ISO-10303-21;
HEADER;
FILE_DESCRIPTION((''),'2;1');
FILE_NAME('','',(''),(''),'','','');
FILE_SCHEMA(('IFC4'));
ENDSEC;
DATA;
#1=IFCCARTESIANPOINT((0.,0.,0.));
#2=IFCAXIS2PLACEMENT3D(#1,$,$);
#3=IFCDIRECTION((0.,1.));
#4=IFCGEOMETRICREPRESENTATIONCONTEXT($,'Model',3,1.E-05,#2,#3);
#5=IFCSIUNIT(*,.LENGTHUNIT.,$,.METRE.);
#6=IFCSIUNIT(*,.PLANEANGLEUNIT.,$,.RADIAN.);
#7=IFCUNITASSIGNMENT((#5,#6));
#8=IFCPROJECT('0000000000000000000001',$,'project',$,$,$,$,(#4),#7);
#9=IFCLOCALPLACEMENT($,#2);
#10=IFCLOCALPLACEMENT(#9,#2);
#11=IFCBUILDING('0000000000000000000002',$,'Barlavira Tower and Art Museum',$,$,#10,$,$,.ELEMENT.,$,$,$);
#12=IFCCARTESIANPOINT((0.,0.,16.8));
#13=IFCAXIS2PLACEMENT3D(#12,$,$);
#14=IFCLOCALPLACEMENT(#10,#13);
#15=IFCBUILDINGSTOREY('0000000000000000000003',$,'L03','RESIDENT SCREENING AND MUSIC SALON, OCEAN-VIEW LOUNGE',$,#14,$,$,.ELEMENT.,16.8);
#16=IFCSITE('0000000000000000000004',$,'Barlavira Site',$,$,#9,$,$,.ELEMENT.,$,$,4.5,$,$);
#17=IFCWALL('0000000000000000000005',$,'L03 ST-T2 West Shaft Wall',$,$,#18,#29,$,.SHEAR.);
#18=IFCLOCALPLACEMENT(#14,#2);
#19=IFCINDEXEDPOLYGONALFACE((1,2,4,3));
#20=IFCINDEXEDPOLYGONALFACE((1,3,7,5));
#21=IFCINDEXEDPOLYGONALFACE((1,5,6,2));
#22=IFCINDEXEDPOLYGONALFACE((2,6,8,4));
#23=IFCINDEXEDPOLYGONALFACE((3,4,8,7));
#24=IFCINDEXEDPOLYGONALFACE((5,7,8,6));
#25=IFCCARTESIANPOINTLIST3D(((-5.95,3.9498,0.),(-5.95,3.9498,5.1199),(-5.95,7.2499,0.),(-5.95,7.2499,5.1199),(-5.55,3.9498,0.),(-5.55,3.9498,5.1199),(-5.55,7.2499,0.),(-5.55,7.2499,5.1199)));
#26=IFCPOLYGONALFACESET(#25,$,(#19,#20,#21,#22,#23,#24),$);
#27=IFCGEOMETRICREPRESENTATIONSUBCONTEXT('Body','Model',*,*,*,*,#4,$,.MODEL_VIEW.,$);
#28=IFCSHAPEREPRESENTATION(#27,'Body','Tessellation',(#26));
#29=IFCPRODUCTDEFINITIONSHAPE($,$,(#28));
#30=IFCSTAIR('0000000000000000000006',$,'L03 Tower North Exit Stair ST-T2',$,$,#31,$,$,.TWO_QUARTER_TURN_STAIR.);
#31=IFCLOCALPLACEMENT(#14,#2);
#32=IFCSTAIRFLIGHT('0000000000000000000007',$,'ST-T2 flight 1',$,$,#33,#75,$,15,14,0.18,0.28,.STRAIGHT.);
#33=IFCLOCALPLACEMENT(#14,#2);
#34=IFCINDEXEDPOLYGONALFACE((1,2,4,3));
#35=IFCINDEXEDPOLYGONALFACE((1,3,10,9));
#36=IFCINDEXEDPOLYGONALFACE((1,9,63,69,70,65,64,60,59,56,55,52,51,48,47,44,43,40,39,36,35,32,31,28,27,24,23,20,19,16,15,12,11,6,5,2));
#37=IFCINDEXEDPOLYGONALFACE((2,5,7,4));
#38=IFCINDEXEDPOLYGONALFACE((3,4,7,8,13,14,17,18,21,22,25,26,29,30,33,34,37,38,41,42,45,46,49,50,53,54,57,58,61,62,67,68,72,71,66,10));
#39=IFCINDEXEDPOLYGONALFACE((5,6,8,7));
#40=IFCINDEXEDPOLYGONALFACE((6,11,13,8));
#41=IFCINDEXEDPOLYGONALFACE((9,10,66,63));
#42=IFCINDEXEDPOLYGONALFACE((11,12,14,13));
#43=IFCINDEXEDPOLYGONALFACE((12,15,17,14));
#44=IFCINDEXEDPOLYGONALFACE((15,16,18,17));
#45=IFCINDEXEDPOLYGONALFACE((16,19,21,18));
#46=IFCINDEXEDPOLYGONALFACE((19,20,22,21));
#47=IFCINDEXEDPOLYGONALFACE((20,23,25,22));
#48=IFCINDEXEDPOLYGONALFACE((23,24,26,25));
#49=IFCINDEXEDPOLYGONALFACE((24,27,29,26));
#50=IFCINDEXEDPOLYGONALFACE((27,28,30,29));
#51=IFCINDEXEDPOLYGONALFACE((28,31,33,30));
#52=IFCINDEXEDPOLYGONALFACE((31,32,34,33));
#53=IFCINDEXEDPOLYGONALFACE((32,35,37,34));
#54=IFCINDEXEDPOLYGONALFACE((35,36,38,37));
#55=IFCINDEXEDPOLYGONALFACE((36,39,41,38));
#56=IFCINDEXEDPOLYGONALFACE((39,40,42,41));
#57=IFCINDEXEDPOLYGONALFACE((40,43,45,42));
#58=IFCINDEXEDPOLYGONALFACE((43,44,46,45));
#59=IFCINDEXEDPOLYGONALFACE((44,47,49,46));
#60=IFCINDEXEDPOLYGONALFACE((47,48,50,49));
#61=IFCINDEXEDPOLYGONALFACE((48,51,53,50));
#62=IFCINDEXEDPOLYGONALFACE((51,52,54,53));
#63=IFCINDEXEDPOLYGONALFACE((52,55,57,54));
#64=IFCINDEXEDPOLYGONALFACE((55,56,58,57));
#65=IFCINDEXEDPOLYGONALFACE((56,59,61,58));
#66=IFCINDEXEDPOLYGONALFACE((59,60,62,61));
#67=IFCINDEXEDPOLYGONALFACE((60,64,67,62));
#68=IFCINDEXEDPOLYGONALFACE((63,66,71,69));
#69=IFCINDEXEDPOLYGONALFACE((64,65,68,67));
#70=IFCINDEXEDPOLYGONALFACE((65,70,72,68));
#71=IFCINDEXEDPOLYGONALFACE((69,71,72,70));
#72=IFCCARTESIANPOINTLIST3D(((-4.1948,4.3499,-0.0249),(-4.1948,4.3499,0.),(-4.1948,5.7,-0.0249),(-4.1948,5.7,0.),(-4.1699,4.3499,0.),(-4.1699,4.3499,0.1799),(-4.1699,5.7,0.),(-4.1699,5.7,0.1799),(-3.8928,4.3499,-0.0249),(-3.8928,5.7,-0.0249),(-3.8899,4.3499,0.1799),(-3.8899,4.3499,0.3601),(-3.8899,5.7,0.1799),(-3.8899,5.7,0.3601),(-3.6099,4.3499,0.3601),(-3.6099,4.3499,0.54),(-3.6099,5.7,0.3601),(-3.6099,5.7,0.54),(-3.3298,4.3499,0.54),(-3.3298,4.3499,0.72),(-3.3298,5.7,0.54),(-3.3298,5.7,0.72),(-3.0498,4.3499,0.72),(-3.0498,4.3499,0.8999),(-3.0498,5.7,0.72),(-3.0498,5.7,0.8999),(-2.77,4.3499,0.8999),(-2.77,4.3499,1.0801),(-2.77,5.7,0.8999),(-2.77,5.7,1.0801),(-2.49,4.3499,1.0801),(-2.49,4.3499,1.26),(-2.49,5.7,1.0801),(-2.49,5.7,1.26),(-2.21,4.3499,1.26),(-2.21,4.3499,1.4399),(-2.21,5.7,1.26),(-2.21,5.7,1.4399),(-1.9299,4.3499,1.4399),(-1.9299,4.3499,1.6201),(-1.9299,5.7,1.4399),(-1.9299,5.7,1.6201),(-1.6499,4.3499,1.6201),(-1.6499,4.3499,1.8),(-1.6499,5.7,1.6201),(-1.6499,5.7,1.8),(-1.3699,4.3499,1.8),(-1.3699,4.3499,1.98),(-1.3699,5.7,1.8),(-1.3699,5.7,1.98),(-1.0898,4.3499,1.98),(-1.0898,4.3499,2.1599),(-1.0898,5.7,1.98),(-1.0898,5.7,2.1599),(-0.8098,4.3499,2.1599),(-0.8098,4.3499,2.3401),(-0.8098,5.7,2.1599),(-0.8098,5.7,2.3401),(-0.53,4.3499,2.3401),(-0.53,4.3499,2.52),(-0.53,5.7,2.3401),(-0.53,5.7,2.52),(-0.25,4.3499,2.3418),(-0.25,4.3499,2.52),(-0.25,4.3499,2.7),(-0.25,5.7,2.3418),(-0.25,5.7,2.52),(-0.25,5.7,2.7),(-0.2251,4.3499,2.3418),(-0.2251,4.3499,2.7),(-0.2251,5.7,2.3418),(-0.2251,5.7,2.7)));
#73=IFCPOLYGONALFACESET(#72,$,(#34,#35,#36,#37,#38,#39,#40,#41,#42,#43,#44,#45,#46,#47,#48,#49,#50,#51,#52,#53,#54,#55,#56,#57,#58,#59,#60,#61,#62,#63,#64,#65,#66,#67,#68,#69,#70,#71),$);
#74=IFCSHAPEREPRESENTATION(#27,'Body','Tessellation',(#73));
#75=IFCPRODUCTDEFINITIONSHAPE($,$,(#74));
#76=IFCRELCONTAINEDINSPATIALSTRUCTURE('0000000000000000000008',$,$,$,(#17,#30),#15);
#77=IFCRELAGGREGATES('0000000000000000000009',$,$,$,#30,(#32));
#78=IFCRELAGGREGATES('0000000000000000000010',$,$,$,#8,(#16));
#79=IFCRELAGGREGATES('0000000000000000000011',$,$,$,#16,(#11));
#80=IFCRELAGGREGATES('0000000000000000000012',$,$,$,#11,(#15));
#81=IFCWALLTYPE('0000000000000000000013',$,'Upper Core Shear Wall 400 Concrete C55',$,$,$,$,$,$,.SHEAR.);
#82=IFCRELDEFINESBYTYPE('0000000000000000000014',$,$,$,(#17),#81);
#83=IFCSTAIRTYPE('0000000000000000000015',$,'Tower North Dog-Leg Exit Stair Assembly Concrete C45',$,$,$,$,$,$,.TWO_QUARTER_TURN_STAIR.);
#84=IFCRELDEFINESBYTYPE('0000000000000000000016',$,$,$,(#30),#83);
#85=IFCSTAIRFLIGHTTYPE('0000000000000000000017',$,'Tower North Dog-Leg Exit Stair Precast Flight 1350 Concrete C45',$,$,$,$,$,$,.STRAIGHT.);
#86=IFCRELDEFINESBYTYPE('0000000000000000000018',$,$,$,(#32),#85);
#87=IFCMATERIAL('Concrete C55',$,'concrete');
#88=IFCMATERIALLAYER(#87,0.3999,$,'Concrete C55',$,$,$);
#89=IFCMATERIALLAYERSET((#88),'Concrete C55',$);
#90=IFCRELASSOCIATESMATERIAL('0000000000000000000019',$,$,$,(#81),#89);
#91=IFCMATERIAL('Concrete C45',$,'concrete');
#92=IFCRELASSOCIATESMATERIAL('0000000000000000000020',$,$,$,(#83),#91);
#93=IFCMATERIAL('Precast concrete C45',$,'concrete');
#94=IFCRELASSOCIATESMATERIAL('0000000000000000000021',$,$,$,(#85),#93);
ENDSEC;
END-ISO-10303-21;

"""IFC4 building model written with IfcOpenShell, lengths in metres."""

from ifc_helpers import new_model, si_unit, direction, frame, frame_2d, origin, place, context, subcontext, project, spatial, polyline, rectangle, outline, extrude, material, layer, layer_set, type_object, element, aggregate, save


model = new_model("IFC4")

# Units and contexts
model_context = context("Model", 3, precision=1e-05, world=origin(), true_north=direction((0.0, 1.0)))
body_context = subcontext(model_context, "Body", "Model", "MODEL_VIEW")
ifc_project = project(units=[si_unit("LENGTHUNIT", "METRE"), si_unit("PLANEANGLEUNIT", "RADIAN")], contexts=[model_context])

# Site, building, storey
site_placement = place(None, origin())
site = spatial("IfcSite", under=ifc_project, at=site_placement, Name="Barlavira Site", CompositionType="ELEMENT", RefElevation=4.5)
building_placement = place(site_placement, origin())
building = spatial("IfcBuilding", under=site, at=building_placement, Name="Barlavira Tower and Art Museum", CompositionType="ELEMENT")
storey_placement = place(building_placement, frame((0.0, 0.0, 16.8)))
storey = spatial("IfcBuildingStorey", under=building, at=storey_placement, Name="L03", Description="RESIDENT SCREENING AND MUSIC SALON, OCEAN-VIEW LOUNGE", CompositionType="ELEMENT", Elevation=16.8)

# Wall
ifc_material_1 = material(Name="Concrete C55", Category="concrete")
ifc_layer_1 = layer(ifc_material_1, 0.3999, Name="Concrete C55")
ifc_layer_set_1 = layer_set([ifc_layer_1], Name="Concrete C55")
wall_type_1 = type_object("IfcWallType", Name="Upper Core Shear Wall 400 Concrete C55", PredefinedType="SHEAR", material=ifc_layer_set_1)
wall_1_placement = place(storey_placement, frame((-5.75, 3.95, 0.0), z_axis=(0.0, 0.0, 1.0), x_axis=(0.0, 1.0, 0.0)))
element("IfcWall", 1, at=wall_1_placement, inside=storey, type_object=wall_type_1, Name="L03 ST-T2 West Shaft Wall", PredefinedType="SHEAR", context=body_context, shape_type="SweptSolid", body=[
    extrude(rectangle(XDim=3.3, YDim=0.3999, at=frame_2d((1.6499, 0.0))), origin(), (0.0, 0.0, 1.0), 5.1199),
])

# Stair, stair flight
ifc_material_2 = material(Name="Concrete C45", Category="concrete")
stair_type = type_object("IfcStairType", Name="Tower North Dog-Leg Exit Stair Assembly Concrete C45", PredefinedType="TWO_QUARTER_TURN_STAIR", material=ifc_material_2)
stair_placement = place(storey_placement, origin())
stair = element("IfcStair", 2, at=stair_placement, inside=storey, type_object=stair_type, Name="L03 Tower North Exit Stair ST-T2", PredefinedType="TWO_QUARTER_TURN_STAIR")
ifc_material_3 = material(Name="Precast concrete C45", Category="concrete")
stair_flight_type = type_object("IfcStairFlightType", Name="Tower North Dog-Leg Exit Stair Precast Flight 1350 Concrete C45", PredefinedType="STRAIGHT", material=ifc_material_3)
stair_flight_placement = place(storey_placement, frame((-4.1699, 5.0249, 0.0), z_axis=(0.0, 0.0, 1.0), x_axis=(1.0, 0.0, 0.0)))
stair_flight = element("IfcStairFlight", 3, at=stair_flight_placement, type_object=stair_flight_type, Name="ST-T2 flight 1", NumberOfRisers=15, NumberOfTreads=14, PredefinedType="STRAIGHT", RiserHeight=0.18, TreadLength=0.28, context=body_context, shape_type="SweptSolid", body=[
    extrude(outline(polyline([(-0.0249, 0.0), (0.0, 0.0), (0.0, 0.1799), (0.28, 0.1799), (0.28, 0.3601), (0.5601, 0.3601), (0.5601, 0.54), (0.8401, 0.54), (0.8401, 0.72), (1.1201, 0.72), (1.1201, 0.8999), (1.3999, 0.8999), (1.3999, 1.0801), (1.6799, 1.0801), (1.6799, 1.26), (1.96, 1.26), (1.96, 1.4399), (2.24, 1.4399), (2.24, 1.6201), (2.52, 1.6201), (2.52, 1.8), (2.8, 1.8), (2.8, 1.98), (3.0801, 1.98), (3.0801, 2.1599), (3.3601, 2.1599), (3.3601, 2.3401), (3.6399, 2.3401), (3.6399, 2.52), (3.9199, 2.52), (3.9199, 2.7), (3.9448, 2.7), (3.9448, 2.3418), (3.9199, 2.3418), (0.2771, -0.0249), (-0.0249, -0.0249), (-0.0249, 0.0)])), frame((0.0, 0.675, 0.0), z_axis=(0.0, -1.0, 0.0), x_axis=(1.0, 0.0, 0.0)), (0.0, 0.0, 1.0), 1.3501),
])
aggregate(stair, [stair_flight])

save(model, "model.ifc")
